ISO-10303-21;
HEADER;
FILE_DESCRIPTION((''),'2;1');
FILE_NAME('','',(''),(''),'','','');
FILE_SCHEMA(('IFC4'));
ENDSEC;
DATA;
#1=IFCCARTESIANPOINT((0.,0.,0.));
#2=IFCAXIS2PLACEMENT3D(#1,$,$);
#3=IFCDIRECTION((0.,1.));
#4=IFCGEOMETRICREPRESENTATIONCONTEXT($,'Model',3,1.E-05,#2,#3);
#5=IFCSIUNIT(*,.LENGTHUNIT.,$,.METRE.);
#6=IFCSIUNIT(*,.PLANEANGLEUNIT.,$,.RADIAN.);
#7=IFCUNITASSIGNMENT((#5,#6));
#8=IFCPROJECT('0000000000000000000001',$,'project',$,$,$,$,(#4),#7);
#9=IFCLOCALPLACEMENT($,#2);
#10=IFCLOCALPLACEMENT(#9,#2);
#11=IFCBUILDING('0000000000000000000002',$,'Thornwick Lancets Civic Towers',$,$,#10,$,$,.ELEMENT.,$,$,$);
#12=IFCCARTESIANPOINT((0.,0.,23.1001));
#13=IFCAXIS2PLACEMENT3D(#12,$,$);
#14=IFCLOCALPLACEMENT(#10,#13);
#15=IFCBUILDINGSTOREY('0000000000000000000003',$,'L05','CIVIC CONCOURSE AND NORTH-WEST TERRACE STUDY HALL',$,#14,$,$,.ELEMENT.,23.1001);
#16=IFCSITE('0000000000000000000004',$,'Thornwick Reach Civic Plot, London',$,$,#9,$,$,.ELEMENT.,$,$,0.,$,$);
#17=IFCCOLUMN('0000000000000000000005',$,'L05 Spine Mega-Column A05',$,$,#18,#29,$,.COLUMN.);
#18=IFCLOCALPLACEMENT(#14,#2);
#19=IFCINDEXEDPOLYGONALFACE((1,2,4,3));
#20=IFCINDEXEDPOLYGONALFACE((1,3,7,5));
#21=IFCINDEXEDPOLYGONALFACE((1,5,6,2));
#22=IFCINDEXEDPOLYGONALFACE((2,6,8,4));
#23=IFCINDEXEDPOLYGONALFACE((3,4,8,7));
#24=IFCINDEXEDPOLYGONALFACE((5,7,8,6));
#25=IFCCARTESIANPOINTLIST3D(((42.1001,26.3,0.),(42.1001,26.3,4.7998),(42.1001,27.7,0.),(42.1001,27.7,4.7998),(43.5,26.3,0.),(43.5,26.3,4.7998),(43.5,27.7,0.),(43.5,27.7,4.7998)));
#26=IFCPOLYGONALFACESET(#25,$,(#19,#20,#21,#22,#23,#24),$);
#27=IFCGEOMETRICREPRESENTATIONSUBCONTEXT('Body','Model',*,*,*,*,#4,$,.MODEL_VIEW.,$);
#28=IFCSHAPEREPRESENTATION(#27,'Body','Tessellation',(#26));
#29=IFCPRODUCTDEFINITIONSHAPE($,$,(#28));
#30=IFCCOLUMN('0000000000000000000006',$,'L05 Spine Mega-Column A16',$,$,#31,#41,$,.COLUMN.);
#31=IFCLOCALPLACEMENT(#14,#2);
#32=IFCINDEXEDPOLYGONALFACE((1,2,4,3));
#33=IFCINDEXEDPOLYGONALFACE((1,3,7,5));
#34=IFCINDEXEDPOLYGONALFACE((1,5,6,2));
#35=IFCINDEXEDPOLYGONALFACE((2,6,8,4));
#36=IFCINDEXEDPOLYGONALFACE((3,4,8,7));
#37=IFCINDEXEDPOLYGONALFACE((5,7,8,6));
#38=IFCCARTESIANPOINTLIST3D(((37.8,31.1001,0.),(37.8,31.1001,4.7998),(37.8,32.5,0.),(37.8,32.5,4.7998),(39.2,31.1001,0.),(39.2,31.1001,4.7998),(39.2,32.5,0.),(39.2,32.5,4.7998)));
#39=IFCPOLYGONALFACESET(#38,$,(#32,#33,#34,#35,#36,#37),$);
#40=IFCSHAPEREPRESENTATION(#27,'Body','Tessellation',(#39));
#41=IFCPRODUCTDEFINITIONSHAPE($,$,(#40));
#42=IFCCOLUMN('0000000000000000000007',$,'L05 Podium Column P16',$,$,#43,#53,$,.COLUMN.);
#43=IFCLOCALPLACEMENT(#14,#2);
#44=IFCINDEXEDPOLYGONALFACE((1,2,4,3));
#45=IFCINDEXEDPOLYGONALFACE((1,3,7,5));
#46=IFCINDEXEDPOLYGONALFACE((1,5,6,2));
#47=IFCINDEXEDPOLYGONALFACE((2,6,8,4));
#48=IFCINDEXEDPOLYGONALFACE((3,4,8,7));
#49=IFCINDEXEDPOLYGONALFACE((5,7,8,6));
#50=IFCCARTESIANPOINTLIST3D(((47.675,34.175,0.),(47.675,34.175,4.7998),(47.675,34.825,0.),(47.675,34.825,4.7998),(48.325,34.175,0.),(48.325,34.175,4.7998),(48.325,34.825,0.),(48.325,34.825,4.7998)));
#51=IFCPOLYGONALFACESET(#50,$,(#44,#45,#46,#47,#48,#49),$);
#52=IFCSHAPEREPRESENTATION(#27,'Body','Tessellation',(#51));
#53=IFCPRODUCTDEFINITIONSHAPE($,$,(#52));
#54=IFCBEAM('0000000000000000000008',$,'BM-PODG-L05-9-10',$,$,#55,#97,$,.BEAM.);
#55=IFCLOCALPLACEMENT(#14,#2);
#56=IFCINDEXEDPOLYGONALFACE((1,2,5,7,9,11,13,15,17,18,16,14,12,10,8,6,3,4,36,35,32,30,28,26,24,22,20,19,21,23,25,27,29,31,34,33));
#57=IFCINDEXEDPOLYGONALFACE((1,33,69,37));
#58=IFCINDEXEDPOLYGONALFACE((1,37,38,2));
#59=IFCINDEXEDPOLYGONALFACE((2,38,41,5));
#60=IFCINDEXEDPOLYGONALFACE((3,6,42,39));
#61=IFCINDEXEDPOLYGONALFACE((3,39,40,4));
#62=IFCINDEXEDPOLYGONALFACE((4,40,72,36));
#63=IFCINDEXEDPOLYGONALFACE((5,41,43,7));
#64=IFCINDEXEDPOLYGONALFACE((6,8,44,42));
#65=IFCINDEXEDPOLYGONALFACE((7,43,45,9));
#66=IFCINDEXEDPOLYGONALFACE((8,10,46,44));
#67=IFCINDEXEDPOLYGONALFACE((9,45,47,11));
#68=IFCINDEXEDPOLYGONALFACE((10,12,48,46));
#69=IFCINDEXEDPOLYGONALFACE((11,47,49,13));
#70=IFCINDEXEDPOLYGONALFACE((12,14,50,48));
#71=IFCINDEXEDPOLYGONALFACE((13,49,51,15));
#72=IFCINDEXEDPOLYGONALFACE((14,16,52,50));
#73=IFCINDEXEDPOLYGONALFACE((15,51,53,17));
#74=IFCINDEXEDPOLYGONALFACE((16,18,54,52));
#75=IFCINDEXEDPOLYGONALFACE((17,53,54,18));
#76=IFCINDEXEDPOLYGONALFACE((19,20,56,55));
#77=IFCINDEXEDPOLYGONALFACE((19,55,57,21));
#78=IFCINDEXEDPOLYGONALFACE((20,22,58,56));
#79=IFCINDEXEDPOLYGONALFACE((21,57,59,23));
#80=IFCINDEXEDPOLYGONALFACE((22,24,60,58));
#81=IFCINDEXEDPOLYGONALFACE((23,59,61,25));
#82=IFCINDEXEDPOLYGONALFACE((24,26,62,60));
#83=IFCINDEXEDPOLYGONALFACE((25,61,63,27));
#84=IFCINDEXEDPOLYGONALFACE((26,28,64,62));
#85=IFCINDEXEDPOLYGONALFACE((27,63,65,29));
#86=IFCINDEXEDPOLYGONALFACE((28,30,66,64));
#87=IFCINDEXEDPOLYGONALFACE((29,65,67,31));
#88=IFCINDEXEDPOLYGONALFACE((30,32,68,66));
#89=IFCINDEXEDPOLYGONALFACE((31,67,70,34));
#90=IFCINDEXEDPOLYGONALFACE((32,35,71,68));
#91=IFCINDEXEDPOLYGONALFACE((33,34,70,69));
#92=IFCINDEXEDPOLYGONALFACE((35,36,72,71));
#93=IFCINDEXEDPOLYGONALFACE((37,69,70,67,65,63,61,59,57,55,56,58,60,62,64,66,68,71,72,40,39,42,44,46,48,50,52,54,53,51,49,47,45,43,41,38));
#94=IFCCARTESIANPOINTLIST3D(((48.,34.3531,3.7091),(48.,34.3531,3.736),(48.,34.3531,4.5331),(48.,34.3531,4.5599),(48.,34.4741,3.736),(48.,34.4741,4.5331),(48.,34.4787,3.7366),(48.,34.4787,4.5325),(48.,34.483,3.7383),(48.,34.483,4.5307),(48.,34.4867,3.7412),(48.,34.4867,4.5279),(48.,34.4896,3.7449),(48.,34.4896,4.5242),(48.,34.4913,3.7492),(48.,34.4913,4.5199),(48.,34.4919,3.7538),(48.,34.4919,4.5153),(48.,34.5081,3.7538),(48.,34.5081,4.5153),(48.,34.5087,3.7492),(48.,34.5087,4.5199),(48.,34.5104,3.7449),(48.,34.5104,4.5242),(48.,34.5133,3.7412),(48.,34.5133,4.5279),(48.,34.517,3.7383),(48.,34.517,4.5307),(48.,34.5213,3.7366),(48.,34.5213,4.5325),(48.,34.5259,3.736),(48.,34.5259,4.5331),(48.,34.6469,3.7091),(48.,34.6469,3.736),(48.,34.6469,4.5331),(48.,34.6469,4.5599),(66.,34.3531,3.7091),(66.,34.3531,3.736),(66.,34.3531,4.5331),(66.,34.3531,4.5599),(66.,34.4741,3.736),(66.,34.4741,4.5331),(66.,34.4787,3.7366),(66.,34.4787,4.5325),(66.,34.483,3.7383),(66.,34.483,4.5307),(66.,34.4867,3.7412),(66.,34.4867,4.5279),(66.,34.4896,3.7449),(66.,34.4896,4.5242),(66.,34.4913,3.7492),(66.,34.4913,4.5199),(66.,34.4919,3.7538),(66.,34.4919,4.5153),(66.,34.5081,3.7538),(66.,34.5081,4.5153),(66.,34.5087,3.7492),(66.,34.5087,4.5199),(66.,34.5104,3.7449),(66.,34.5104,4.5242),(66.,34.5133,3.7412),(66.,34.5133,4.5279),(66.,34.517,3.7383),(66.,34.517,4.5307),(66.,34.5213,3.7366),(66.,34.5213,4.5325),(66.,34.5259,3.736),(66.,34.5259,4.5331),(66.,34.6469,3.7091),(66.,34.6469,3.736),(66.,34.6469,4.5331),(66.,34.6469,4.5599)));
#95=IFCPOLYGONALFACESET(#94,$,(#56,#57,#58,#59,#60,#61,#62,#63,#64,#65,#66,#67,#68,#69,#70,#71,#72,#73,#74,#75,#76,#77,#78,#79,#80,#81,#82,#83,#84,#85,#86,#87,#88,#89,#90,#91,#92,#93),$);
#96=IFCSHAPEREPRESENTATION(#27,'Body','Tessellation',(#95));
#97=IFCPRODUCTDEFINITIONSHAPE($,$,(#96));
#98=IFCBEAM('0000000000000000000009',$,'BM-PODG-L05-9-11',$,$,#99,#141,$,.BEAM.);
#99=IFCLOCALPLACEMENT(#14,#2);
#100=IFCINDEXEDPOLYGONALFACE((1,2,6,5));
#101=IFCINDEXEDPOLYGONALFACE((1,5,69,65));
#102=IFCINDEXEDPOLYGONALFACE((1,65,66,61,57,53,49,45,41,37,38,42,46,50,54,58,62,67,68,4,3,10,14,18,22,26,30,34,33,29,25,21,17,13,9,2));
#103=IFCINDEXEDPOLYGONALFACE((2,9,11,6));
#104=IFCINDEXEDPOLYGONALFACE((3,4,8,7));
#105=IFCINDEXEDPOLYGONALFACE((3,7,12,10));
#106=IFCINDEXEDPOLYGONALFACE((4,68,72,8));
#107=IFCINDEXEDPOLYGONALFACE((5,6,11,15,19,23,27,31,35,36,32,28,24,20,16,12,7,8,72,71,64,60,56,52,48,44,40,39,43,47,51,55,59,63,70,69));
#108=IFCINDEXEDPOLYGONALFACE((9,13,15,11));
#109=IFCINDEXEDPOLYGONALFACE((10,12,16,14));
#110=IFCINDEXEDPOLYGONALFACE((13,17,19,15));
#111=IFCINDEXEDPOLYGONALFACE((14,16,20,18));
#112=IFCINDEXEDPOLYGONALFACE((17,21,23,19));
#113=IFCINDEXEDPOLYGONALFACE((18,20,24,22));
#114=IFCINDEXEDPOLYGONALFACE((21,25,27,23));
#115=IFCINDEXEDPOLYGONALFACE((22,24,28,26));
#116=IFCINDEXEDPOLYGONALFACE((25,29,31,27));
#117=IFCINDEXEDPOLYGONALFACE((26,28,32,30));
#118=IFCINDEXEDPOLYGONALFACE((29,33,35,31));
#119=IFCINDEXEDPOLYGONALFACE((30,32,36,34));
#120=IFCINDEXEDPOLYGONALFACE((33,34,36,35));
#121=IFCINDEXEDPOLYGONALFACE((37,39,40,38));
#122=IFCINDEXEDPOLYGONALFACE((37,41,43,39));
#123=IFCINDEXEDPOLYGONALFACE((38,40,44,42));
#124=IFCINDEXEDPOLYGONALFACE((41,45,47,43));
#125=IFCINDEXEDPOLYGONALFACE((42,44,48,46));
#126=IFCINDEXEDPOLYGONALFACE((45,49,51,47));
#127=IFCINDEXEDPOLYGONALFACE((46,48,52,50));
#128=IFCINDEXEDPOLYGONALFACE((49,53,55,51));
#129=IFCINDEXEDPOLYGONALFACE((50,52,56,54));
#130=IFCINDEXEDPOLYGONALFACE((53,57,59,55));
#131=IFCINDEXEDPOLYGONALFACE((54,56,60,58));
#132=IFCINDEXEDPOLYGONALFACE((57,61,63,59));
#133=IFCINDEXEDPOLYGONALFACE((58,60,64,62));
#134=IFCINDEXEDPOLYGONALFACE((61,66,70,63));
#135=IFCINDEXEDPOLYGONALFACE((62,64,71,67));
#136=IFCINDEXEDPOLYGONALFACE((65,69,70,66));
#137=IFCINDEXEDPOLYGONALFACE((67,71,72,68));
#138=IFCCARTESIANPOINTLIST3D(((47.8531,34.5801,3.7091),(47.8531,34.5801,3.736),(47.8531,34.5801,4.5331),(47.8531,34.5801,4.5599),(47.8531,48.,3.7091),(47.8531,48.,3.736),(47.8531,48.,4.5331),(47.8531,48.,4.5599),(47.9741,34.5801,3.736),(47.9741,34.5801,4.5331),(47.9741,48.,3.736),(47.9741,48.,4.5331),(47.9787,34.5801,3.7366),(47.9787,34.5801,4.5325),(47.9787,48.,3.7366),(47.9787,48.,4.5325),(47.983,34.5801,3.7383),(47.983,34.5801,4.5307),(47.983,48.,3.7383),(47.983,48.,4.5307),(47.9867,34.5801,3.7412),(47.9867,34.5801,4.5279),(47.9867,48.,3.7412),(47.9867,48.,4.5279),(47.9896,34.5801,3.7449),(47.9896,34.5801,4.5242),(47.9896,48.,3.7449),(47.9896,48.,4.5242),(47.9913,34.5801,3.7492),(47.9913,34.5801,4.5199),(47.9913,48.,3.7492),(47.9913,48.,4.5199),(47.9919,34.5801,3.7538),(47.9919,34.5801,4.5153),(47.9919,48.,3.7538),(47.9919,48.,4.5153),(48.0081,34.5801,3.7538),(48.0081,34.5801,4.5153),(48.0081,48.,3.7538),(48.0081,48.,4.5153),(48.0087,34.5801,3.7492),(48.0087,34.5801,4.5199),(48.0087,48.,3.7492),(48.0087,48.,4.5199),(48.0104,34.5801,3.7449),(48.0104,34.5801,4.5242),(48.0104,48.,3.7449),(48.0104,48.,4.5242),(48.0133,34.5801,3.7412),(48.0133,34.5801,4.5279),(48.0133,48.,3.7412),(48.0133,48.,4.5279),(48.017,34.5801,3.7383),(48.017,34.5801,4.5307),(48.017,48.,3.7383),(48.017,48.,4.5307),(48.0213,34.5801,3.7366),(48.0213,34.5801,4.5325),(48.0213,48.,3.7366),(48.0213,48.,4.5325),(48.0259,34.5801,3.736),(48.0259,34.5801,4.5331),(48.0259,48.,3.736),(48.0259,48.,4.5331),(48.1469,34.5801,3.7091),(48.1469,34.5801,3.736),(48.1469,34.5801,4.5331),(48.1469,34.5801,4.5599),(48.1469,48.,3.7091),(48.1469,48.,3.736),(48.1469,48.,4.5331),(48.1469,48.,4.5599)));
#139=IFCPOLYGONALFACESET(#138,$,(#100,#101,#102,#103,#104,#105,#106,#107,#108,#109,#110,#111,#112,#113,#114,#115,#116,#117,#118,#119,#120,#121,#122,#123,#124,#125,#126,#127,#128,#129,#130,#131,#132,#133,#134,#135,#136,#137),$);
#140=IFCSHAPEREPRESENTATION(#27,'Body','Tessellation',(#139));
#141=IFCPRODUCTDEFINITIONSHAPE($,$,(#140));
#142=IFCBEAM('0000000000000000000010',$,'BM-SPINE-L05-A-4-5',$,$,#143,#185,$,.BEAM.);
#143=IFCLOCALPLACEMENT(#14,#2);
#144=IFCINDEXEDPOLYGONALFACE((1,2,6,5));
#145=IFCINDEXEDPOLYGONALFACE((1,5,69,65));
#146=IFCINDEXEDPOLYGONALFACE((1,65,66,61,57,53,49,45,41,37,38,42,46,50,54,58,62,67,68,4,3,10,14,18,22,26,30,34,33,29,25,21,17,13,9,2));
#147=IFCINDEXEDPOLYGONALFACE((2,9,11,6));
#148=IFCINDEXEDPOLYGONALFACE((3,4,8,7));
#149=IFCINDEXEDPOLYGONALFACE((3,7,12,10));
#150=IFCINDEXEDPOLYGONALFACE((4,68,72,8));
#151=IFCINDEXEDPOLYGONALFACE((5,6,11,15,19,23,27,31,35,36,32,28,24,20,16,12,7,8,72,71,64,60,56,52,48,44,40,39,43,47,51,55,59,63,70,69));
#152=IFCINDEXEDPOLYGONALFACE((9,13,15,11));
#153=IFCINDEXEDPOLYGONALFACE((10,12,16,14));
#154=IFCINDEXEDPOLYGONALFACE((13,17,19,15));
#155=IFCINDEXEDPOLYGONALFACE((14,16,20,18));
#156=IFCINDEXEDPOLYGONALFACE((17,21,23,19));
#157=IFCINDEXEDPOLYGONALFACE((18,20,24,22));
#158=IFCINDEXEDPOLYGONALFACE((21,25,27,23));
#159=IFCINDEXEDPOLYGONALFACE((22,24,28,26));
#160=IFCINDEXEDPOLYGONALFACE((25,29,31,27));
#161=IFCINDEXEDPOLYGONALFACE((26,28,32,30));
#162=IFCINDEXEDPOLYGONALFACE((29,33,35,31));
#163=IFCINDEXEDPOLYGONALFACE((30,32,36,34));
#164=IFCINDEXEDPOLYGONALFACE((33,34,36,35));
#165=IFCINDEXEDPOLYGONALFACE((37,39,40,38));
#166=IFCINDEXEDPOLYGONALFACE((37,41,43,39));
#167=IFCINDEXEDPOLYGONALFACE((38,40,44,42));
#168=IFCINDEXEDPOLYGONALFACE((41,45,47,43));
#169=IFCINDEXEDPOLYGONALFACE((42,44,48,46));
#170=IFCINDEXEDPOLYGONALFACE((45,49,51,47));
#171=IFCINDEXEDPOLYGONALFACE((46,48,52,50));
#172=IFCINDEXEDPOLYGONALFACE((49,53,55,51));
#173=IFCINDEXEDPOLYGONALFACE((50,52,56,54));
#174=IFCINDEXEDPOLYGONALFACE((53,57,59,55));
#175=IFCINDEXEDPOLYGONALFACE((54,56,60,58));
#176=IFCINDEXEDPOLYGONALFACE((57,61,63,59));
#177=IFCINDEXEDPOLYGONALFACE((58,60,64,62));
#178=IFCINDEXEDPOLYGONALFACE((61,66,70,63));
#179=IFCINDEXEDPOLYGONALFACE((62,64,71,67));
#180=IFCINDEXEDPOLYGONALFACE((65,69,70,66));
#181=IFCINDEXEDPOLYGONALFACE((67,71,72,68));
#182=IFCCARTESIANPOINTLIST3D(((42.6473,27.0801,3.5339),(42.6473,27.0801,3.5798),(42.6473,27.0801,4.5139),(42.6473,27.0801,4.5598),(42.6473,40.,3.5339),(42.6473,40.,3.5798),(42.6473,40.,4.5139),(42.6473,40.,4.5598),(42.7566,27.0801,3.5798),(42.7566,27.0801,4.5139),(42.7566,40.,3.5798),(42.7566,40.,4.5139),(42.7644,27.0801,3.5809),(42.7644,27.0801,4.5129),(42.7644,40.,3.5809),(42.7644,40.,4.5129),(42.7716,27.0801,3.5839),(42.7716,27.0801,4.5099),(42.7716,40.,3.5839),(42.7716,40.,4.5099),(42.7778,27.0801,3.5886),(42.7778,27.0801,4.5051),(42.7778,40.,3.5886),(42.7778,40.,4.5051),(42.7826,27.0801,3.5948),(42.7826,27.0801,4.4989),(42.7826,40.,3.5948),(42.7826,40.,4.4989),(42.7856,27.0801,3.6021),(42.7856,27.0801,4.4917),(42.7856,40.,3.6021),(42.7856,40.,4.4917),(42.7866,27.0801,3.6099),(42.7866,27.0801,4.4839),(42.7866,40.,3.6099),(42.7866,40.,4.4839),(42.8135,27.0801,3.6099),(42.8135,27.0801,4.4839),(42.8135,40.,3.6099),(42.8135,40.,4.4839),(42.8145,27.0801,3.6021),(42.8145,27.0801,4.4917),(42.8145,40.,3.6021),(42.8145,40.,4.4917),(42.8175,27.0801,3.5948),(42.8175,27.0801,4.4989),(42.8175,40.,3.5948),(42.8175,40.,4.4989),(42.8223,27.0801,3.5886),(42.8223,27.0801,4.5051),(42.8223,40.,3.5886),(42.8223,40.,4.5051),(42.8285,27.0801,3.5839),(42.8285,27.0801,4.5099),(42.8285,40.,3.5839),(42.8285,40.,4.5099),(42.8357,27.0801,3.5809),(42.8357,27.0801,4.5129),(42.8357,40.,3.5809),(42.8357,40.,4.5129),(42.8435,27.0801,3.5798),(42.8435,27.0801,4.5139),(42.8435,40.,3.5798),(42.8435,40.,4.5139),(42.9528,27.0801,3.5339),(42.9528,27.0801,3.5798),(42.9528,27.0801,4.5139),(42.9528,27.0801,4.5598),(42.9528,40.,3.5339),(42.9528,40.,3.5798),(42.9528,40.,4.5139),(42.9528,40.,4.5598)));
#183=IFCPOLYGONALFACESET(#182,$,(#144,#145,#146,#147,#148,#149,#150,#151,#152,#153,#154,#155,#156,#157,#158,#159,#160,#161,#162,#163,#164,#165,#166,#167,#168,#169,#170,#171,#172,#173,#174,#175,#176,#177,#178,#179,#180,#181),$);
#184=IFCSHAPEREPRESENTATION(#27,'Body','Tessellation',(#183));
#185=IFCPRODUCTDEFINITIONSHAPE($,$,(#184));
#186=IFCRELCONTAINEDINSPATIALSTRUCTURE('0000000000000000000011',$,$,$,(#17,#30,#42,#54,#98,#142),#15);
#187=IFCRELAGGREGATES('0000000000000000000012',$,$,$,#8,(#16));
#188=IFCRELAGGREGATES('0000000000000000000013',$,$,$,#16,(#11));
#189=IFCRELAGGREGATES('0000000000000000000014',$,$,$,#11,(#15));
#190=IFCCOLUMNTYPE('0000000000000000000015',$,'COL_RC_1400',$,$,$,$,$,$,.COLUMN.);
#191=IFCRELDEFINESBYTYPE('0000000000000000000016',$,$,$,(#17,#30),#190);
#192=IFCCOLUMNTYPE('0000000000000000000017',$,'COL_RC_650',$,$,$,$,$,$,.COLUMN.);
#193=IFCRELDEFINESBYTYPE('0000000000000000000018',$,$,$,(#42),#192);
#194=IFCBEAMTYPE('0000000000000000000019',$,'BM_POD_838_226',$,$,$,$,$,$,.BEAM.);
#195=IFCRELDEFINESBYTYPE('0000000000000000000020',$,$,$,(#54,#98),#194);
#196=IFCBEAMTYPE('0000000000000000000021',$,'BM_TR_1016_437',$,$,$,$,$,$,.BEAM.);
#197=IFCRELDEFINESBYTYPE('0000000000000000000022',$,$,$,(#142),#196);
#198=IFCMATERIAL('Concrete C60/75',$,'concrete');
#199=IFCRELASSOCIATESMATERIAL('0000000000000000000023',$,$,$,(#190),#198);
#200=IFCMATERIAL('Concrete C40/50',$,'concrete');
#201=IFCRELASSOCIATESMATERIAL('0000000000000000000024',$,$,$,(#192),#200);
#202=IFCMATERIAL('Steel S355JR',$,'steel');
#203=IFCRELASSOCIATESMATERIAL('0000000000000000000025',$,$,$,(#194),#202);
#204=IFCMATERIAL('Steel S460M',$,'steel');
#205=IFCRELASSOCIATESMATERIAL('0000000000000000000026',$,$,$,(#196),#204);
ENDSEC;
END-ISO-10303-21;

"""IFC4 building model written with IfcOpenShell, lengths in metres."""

from ifc_helpers import new_model, si_unit, direction, frame, origin, origin_2d, place, context, subcontext, project, spatial, rectangle, i_section, extrude, material, material_profile, profile_set, type_object, element, save


model = new_model("IFC4")

# Units and contexts
model_context = context("Model", 3, precision=1e-05, world=origin(), true_north=direction((0.0, 1.0)))
body_context = subcontext(model_context, "Body", "Model", "MODEL_VIEW")
ifc_project = project(units=[si_unit("LENGTHUNIT", "METRE"), si_unit("PLANEANGLEUNIT", "RADIAN")], contexts=[model_context])

# Site, building, storey
site_placement = place(None, origin())
site = spatial("IfcSite", under=ifc_project, at=site_placement, Name="Thornwick Reach Civic Plot, London", CompositionType="ELEMENT", RefElevation=0.0)
building_placement = place(site_placement, origin())
building = spatial("IfcBuilding", under=site, at=building_placement, Name="Thornwick Lancets Civic Towers", CompositionType="ELEMENT")
storey_placement = place(building_placement, frame((0.0, 0.0, 23.1001)))
storey = spatial("IfcBuildingStorey", under=building, at=storey_placement, Name="L05", Description="CIVIC CONCOURSE AND NORTH-WEST TERRACE STUDY HALL", CompositionType="ELEMENT", Elevation=23.1001)

# Columns
ifc_material_1 = material(Name="Concrete C60/75", Category="concrete")
ifc_material_profile_1 = material_profile(ifc_material_1, rectangle(XDim=1.3999, YDim=1.3999, at=origin_2d()), Name="RC 1400x1400")
ifc_profile_set_1 = profile_set([ifc_material_profile_1], Name="Concrete C60/75")
column_type_1 = type_object("IfcColumnType", Name="COL_RC_1400", PredefinedType="COLUMN", material=ifc_profile_set_1)
for number, where, z_axis, x_axis, name in (
    (1, (42.8, 27.0, 0.0), (0.0, 0.0, 1.0), (1.0, 0.0, 0.0), "L05 Spine Mega-Column A05"),
    (2, (38.5, 31.8, 0.0), (0.0, 0.0, 1.0), (1.0, 0.0, 0.0), "L05 Spine Mega-Column A16"),
):
    element("IfcColumn", number, at=place(storey_placement, frame(where, z_axis=z_axis, x_axis=x_axis)), inside=storey, type_object=column_type_1, Name=name, PredefinedType="COLUMN", context=body_context, shape_type="SweptSolid", body=[
        extrude(rectangle(XDim=1.3999, YDim=1.3999, at=origin_2d()), origin(), (0.0, 0.0, 1.0), 4.7998),
    ])
ifc_material_2 = material(Name="Concrete C40/50", Category="concrete")
ifc_material_profile_2 = material_profile(ifc_material_2, rectangle(XDim=0.6499, YDim=0.6499, at=origin_2d()), Name="RC 650x650")
ifc_profile_set_2 = profile_set([ifc_material_profile_2], Name="Concrete C40/50")
column_type_2 = type_object("IfcColumnType", Name="COL_RC_650", PredefinedType="COLUMN", material=ifc_profile_set_2)
column_placement = place(storey_placement, frame((48.0, 34.5, 0.0), z_axis=(0.0, 0.0, 1.0), x_axis=(1.0, 0.0, 0.0)))
element("IfcColumn", 3, at=column_placement, inside=storey, type_object=column_type_2, Name="L05 Podium Column P16", PredefinedType="COLUMN", context=body_context, shape_type="SweptSolid", body=[
    extrude(rectangle(XDim=0.6499, YDim=0.6499, at=origin_2d()), origin(), (0.0, 0.0, 1.0), 4.7998),
])

# Beams
ifc_material_3 = material(Name="Steel S355JR", Category="steel")
ifc_material_profile_3 = material_profile(ifc_material_3, i_section(OverallWidth=0.2937, OverallDepth=0.8508, WebThickness=0.0161, FlangeThickness=0.0269, FilletRadius=0.0178, at=origin_2d()), Name="UKB 838x292x226")
ifc_profile_set_3 = profile_set([ifc_material_profile_3], Name="Steel S355JR")
beam_type_1 = type_object("IfcBeamType", Name="BM_POD_838_226", PredefinedType="BEAM", material=ifc_profile_set_3)
beam_1_placement = place(storey_placement, frame((48.0, 34.5, 4.1345), z_axis=(1.0, 0.0, 0.0), x_axis=(0.0, 1.0, 0.0)))
element("IfcBeam", 4, at=beam_1_placement, inside=storey, type_object=beam_type_1, Name="BM-PODG-L05-9-10", PredefinedType="BEAM", context=body_context, shape_type="SweptSolid", body=[
    extrude(i_section(OverallWidth=0.2937, OverallDepth=0.8508, WebThickness=0.0161, FlangeThickness=0.0269, FilletRadius=0.0178, at=origin_2d()), origin(), (0.0, 0.0, 1.0), 18.0),
])
beam_2_placement = place(storey_placement, frame((48.0, 34.5801, 4.1345), z_axis=(0.0, 1.0, 0.0), x_axis=(-1.0, 0.0, 0.0)))
element("IfcBeam", 5, at=beam_2_placement, inside=storey, type_object=beam_type_1, Name="BM-PODG-L05-9-11", PredefinedType="BEAM", context=body_context, shape_type="SweptSolid", body=[
    extrude(i_section(OverallWidth=0.2937, OverallDepth=0.8508, WebThickness=0.0161, FlangeThickness=0.0269, FilletRadius=0.0178, at=origin_2d()), origin(), (0.0, 0.0, 1.0), 13.4199),
])
ifc_material_4 = material(Name="Steel S460M", Category="steel")
ifc_material_profile_4 = material_profile(ifc_material_4, i_section(OverallWidth=0.3054, OverallDepth=1.0259, WebThickness=0.0269, FlangeThickness=0.0459, FilletRadius=0.03, at=origin_2d()), Name="UKB 1016x305x437")
ifc_profile_set_4 = profile_set([ifc_material_profile_4], Name="Steel S460M")
beam_type_2 = type_object("IfcBeamType", Name="BM_TR_1016_437", PredefinedType="BEAM", material=ifc_profile_set_4)
beam_3_placement = place(storey_placement, frame((42.8, 27.0801, 4.0469), z_axis=(0.0, 1.0, 0.0), x_axis=(-1.0, 0.0, 0.0)))
element("IfcBeam", 6, at=beam_3_placement, inside=storey, type_object=beam_type_2, Name="BM-SPINE-L05-A-4-5", PredefinedType="BEAM", context=body_context, shape_type="SweptSolid", body=[
    extrude(i_section(OverallWidth=0.3054, OverallDepth=1.0259, WebThickness=0.0269, FlangeThickness=0.0459, FilletRadius=0.03, at=origin_2d()), origin(), (0.0, 0.0, 1.0), 12.9199),
])

save(model, "model.ifc")
